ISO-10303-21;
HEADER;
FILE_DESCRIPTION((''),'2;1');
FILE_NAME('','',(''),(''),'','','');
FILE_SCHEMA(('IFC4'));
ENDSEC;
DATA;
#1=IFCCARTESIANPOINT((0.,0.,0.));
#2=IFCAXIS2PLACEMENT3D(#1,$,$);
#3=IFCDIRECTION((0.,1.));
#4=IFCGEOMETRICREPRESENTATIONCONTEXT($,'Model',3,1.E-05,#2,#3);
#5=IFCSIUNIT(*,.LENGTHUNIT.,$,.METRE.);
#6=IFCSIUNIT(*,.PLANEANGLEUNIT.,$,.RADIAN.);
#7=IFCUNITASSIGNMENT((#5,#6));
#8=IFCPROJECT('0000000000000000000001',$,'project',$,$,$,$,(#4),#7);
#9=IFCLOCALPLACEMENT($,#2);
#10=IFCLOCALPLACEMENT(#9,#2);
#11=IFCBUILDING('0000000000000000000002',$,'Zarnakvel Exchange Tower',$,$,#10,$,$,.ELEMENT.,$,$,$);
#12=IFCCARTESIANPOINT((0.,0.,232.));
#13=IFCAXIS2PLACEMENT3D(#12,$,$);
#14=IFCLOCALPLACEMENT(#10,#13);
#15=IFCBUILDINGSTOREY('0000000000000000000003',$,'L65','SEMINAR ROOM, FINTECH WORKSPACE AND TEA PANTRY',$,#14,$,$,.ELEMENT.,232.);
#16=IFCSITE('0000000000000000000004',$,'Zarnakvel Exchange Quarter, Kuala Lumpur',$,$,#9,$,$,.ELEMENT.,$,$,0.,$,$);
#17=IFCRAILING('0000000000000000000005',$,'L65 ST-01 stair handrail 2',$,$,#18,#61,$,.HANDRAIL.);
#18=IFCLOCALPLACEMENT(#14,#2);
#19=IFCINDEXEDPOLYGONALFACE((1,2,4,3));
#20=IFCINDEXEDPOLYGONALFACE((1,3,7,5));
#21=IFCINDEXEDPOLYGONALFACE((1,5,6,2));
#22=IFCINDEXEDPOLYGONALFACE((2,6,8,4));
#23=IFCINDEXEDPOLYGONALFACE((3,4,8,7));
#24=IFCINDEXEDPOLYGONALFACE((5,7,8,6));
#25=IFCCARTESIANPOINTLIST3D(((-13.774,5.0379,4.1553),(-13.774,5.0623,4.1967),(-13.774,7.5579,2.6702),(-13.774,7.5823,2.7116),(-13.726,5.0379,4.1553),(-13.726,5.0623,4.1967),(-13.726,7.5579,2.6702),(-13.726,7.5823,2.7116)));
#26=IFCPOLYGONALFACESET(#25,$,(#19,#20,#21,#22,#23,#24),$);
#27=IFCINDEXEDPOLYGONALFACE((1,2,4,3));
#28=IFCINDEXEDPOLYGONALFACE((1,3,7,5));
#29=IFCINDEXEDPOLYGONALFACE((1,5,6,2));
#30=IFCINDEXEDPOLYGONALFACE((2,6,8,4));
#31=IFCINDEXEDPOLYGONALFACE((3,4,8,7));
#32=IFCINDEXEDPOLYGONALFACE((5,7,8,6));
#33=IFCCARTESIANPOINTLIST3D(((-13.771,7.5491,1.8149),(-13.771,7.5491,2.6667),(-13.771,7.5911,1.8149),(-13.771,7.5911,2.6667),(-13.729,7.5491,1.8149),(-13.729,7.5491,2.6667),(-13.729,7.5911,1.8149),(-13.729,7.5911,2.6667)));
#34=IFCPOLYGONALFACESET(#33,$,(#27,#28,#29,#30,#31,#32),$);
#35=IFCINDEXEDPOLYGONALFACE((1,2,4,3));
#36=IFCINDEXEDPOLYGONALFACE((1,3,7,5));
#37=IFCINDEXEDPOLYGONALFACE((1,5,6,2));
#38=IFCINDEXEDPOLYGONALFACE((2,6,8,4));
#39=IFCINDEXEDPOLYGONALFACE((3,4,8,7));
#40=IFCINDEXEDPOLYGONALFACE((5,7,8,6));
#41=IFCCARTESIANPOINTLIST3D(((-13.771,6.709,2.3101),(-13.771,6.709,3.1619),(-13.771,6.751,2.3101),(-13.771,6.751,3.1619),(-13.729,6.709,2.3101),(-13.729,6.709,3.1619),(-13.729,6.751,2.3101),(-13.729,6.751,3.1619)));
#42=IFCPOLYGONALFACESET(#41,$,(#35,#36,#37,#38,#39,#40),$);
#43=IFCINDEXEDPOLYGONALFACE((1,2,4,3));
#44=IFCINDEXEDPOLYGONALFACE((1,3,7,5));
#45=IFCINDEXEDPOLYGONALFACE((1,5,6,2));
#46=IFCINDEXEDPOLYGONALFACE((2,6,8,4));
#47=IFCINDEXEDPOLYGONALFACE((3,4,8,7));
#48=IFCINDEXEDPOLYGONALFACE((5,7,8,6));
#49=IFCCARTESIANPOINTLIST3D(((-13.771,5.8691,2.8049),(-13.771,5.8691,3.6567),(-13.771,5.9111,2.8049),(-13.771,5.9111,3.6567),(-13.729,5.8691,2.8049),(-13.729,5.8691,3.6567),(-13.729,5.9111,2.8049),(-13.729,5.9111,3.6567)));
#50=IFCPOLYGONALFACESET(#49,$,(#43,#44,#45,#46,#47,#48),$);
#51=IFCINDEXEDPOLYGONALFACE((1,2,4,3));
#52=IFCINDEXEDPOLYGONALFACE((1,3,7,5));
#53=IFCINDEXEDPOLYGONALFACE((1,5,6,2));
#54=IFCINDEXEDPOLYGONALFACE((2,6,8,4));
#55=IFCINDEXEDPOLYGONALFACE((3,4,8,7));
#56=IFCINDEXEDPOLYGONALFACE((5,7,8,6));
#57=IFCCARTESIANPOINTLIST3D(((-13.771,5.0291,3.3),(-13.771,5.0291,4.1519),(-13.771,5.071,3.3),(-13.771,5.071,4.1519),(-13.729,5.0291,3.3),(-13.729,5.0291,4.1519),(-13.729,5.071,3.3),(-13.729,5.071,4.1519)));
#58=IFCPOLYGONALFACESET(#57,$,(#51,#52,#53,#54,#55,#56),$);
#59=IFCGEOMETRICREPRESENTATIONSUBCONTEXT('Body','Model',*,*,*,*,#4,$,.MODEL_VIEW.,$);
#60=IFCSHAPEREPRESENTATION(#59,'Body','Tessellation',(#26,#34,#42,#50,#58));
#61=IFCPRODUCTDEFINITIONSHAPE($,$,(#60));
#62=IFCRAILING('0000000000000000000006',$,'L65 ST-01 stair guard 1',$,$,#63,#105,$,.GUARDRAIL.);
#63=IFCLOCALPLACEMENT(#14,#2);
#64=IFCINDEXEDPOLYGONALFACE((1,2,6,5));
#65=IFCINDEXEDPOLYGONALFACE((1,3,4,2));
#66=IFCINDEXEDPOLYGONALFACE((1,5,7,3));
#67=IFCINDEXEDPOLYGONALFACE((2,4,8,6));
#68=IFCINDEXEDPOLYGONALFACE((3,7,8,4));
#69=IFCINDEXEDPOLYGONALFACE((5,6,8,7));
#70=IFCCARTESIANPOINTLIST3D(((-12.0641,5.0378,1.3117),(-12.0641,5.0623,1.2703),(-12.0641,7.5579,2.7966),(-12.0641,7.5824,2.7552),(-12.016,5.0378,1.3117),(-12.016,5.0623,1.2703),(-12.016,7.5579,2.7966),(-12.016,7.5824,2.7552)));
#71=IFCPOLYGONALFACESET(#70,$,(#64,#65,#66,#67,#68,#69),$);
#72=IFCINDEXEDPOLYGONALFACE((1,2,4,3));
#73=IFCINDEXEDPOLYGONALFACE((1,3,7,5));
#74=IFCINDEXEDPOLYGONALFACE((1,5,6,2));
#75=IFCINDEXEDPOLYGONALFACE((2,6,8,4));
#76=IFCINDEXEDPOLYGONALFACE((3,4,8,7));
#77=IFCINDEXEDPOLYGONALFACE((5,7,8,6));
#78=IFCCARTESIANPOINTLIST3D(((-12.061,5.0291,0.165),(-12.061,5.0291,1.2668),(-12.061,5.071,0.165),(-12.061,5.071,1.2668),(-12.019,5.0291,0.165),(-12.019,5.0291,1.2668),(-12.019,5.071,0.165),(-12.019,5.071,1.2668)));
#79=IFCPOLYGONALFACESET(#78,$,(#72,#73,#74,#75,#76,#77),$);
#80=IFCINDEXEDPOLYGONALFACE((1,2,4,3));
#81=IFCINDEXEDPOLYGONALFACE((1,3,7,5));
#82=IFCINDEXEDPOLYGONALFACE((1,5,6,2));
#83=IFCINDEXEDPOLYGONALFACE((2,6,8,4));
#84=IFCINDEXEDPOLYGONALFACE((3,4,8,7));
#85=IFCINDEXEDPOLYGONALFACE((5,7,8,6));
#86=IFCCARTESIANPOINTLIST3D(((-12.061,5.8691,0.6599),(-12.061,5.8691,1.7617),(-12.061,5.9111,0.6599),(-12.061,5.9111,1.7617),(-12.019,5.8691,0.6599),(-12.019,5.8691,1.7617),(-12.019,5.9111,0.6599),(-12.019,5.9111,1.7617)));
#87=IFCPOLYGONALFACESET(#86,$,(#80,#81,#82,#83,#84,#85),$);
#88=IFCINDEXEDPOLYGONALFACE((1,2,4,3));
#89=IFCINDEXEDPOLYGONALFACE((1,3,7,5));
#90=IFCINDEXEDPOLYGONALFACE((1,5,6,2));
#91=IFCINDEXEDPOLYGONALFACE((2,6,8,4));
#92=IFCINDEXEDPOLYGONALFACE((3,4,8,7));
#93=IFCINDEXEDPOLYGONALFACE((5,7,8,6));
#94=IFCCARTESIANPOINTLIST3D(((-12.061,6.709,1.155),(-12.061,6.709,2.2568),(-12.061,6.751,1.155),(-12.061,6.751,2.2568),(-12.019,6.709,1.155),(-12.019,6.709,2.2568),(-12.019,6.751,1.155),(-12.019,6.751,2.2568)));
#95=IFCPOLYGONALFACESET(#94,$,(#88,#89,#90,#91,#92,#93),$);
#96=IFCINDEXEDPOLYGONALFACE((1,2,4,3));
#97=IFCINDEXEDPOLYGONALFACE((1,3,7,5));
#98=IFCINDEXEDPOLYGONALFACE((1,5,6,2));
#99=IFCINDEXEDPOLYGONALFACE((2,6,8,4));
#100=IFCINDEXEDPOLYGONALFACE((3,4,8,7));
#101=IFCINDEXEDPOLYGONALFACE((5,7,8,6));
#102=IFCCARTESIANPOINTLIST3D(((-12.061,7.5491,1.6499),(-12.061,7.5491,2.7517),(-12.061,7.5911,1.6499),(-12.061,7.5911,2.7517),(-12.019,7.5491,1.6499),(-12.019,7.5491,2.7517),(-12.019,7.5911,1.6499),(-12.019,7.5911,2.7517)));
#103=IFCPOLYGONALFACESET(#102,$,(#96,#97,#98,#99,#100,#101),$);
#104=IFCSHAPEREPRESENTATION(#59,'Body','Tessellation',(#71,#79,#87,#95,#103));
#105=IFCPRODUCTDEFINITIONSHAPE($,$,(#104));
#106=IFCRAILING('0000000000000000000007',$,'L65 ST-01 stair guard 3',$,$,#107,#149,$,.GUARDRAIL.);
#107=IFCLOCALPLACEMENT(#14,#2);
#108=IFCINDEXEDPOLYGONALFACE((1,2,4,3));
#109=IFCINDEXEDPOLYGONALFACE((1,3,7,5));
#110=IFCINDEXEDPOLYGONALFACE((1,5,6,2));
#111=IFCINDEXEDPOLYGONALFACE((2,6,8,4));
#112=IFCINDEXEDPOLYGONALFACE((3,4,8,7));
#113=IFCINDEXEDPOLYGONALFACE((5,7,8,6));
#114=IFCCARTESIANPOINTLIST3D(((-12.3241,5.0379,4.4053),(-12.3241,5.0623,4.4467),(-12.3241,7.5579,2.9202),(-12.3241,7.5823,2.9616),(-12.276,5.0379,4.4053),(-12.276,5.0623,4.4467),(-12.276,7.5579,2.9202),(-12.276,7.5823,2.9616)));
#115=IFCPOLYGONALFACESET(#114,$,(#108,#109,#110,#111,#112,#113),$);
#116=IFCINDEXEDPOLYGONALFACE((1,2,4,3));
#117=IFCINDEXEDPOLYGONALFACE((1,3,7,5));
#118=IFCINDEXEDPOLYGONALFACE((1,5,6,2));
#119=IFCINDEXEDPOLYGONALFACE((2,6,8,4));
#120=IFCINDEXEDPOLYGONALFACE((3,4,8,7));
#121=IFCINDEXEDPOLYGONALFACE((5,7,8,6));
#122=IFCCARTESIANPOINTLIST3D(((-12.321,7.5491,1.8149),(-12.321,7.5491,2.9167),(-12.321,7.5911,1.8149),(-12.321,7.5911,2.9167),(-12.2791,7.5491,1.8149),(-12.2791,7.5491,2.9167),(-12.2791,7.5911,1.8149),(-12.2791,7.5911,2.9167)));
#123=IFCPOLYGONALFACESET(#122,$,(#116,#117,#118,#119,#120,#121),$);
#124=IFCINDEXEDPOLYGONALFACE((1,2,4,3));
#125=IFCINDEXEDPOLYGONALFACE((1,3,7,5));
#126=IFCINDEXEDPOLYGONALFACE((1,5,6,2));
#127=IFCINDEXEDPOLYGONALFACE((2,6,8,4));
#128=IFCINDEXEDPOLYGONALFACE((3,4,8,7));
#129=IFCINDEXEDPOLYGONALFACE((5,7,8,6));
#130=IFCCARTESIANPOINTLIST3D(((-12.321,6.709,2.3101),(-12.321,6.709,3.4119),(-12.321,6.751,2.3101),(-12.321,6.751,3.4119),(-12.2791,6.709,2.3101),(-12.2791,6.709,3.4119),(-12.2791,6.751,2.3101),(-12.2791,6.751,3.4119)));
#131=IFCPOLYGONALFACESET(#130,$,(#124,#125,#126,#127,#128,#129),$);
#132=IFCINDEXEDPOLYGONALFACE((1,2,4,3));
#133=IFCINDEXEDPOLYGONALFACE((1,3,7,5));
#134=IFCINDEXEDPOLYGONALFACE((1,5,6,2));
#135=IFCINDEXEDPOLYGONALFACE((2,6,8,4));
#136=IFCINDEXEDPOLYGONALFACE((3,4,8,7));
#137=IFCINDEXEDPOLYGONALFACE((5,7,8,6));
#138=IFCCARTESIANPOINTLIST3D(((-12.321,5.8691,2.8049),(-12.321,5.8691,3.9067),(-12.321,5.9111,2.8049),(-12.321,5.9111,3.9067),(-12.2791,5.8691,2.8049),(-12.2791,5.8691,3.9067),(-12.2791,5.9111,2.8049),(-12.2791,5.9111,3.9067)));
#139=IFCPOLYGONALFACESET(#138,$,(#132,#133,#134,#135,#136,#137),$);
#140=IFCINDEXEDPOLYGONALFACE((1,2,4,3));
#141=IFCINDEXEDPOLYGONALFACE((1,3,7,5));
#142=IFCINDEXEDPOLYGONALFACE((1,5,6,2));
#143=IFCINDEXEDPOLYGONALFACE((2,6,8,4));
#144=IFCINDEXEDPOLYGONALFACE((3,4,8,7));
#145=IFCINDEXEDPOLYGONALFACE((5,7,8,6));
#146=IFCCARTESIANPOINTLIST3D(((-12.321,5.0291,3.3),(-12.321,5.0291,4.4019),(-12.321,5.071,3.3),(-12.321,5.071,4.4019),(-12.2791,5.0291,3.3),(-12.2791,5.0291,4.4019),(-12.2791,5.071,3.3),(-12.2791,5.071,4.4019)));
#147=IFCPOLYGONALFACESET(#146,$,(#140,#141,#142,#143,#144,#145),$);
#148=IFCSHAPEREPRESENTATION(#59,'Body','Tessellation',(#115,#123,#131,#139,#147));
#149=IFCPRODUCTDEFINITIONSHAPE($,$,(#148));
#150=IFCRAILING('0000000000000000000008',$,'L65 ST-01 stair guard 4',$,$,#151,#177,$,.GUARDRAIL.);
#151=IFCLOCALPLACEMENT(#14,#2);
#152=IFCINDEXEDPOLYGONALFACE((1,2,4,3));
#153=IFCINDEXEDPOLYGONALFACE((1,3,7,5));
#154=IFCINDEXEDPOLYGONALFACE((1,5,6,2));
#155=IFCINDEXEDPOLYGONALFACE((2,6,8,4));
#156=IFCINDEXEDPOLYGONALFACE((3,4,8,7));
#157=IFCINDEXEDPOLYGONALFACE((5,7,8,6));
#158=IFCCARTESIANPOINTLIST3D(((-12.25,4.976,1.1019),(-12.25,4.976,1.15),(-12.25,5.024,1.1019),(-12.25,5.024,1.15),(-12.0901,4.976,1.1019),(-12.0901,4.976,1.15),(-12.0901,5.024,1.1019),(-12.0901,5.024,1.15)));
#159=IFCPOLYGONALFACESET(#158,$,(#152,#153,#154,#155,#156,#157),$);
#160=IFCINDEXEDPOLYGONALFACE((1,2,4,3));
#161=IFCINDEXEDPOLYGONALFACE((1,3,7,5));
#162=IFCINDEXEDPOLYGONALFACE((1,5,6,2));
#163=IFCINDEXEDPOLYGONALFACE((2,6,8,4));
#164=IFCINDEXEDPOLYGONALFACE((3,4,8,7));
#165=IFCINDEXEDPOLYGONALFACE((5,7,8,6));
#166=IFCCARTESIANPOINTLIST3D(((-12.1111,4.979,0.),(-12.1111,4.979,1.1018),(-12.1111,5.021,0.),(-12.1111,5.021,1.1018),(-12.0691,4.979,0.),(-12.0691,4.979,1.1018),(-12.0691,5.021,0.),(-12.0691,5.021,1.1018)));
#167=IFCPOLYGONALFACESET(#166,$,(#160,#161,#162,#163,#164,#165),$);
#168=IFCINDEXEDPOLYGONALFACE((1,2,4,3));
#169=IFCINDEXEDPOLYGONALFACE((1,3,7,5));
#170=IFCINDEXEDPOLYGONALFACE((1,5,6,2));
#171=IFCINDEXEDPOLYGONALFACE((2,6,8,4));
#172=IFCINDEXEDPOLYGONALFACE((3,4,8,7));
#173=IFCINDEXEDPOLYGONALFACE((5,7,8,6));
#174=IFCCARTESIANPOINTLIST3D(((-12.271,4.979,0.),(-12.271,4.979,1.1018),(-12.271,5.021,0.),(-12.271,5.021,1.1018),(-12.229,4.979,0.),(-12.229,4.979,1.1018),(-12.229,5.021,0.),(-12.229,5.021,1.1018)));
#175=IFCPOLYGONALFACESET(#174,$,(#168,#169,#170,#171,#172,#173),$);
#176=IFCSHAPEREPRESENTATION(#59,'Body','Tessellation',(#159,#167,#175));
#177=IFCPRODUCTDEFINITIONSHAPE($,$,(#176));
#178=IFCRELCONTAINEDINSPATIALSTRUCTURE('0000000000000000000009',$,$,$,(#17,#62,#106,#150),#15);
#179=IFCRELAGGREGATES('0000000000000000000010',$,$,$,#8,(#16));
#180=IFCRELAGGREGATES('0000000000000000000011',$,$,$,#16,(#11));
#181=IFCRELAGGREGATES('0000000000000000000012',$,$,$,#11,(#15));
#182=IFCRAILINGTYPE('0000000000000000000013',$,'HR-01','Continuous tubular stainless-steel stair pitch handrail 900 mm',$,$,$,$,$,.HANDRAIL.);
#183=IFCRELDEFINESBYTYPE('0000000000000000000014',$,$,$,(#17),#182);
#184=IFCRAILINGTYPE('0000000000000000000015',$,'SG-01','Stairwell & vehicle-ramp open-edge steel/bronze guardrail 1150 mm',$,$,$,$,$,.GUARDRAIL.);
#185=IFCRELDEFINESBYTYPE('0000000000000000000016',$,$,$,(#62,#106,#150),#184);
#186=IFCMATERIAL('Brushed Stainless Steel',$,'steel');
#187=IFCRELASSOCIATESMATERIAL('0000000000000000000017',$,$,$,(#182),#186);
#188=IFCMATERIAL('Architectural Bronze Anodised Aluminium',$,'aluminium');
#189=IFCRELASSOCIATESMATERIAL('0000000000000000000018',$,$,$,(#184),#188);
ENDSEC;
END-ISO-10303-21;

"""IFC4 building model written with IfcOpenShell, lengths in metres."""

from ifc_helpers import new_model, si_unit, direction, frame, origin, origin_2d, place, context, subcontext, project, spatial, rectangle, extrude, material, type_object, element, save


model = new_model("IFC4")

# Units and contexts
model_context = context("Model", 3, precision=1e-05, world=origin(), true_north=direction((0.0, 1.0)))
body_context = subcontext(model_context, "Body", "Model", "MODEL_VIEW")
ifc_project = project(units=[si_unit("LENGTHUNIT", "METRE"), si_unit("PLANEANGLEUNIT", "RADIAN")], contexts=[model_context])

# Site, building, storey
site_placement = place(None, origin())
site = spatial("IfcSite", under=ifc_project, at=site_placement, Name="Zarnakvel Exchange Quarter, Kuala Lumpur", CompositionType="ELEMENT", RefElevation=0.0)
building_placement = place(site_placement, origin())
building = spatial("IfcBuilding", under=site, at=building_placement, Name="Zarnakvel Exchange Tower", CompositionType="ELEMENT")
storey_placement = place(building_placement, frame((0.0, 0.0, 232.0)))
storey = spatial("IfcBuildingStorey", under=building, at=storey_placement, Name="L65", Description="SEMINAR ROOM, FINTECH WORKSPACE AND TEA PANTRY", CompositionType="ELEMENT", Elevation=232.0)

# Shared definitions
ifc_material_1 = material(Name="Architectural Bronze Anodised Aluminium", Category="aluminium")

# Railings
ifc_material_2 = material(Name="Brushed Stainless Steel", Category="steel")
railing_type_1 = type_object("IfcRailingType", Name="HR-01", Description="Continuous tubular stainless-steel stair pitch handrail 900 mm", PredefinedType="HANDRAIL", material=ifc_material_2)
railing_1_placement = place(storey_placement, frame((-13.75, 7.5701, 1.8149)))
element("IfcRailing", 1, at=railing_1_placement, inside=storey, type_object=railing_type_1, Name="L65 ST-01 stair handrail 2", PredefinedType="HANDRAIL", context=body_context, shape_type="SweptSolid", body=[
    extrude(rectangle(XDim=0.0481, YDim=0.0481, at=origin_2d()), frame((0.0, 0.0, 0.876), z_axis=(0.0, -0.861524, 0.507717), x_axis=(1.0, 0.0, 0.0)), (0.0, 0.0, 1.0), 2.925),
    extrude(rectangle(XDim=0.042, YDim=0.042, at=origin_2d()), origin(), (0.0, 0.0, 1.0), 0.8518),
    extrude(rectangle(XDim=0.042, YDim=0.042, at=origin_2d()), frame((0.0, -0.8401, 0.4951)), (0.0, 0.0, 1.0), 0.8518),
    extrude(rectangle(XDim=0.042, YDim=0.042, at=origin_2d()), frame((0.0, -1.6799, 0.99)), (0.0, 0.0, 1.0), 0.8518),
    extrude(rectangle(XDim=0.042, YDim=0.042, at=origin_2d()), frame((0.0, -2.52, 1.4851)), (0.0, 0.0, 1.0), 0.8518),
])
railing_type_2 = type_object("IfcRailingType", Name="SG-01", Description="Stairwell & vehicle-ramp open-edge steel/bronze guardrail 1150 mm", PredefinedType="GUARDRAIL", material=ifc_material_1)
railing_2_placement = place(storey_placement, frame((-12.04, 5.05, 0.165)))
element("IfcRailing", 2, at=railing_2_placement, inside=storey, type_object=railing_type_2, Name="L65 ST-01 stair guard 1", PredefinedType="GUARDRAIL", context=body_context, shape_type="SweptSolid", body=[
    extrude(rectangle(XDim=0.0481, YDim=0.0481, at=origin_2d()), frame((0.0, 0.0, 1.126), z_axis=(0.0, 0.861561, 0.507655), x_axis=(-1.0, 0.0, 0.0)), (0.0, 0.0, 1.0), 2.925),
    extrude(rectangle(XDim=0.042, YDim=0.042, at=origin_2d()), origin(), (0.0, 0.0, 1.0), 1.1018),
    extrude(rectangle(XDim=0.042, YDim=0.042, at=origin_2d()), frame((0.0, 0.8401, 0.4949)), (0.0, 0.0, 1.0), 1.1018),
    extrude(rectangle(XDim=0.042, YDim=0.042, at=origin_2d()), frame((0.0, 1.6799, 0.99)), (0.0, 0.0, 1.0), 1.1018),
    extrude(rectangle(XDim=0.042, YDim=0.042, at=origin_2d()), frame((0.0, 2.52, 1.4849)), (0.0, 0.0, 1.0), 1.1018),
])
railing_3_placement = place(storey_placement, frame((-12.3, 7.5701, 1.8149)))
element("IfcRailing", 3, at=railing_3_placement, inside=storey, type_object=railing_type_2, Name="L65 ST-01 stair guard 3", PredefinedType="GUARDRAIL", context=body_context, shape_type="SweptSolid", body=[
    extrude(rectangle(XDim=0.0481, YDim=0.0481, at=origin_2d()), frame((0.0, 0.0, 1.126), z_axis=(0.0, -0.861524, 0.507717), x_axis=(1.0, 0.0, 0.0)), (0.0, 0.0, 1.0), 2.925),
    extrude(rectangle(XDim=0.042, YDim=0.042, at=origin_2d()), origin(), (0.0, 0.0, 1.0), 1.1018),
    extrude(rectangle(XDim=0.042, YDim=0.042, at=origin_2d()), frame((0.0, -0.8401, 0.4951)), (0.0, 0.0, 1.0), 1.1018),
    extrude(rectangle(XDim=0.042, YDim=0.042, at=origin_2d()), frame((0.0, -1.6799, 0.99)), (0.0, 0.0, 1.0), 1.1018),
    extrude(rectangle(XDim=0.042, YDim=0.042, at=origin_2d()), frame((0.0, -2.52, 1.4851)), (0.0, 0.0, 1.0), 1.1018),
])
railing_4_placement = place(storey_placement, frame((-12.0901, 5.0, 0.0)))
element("IfcRailing", 4, at=railing_4_placement, inside=storey, type_object=railing_type_2, Name="L65 ST-01 stair guard 4", PredefinedType="GUARDRAIL", context=body_context, shape_type="SweptSolid", body=[
    extrude(rectangle(XDim=0.0481, YDim=0.0481, at=origin_2d()), frame((0.0, 0.0, 1.126), z_axis=(-1.0, 0.0, 0.0), x_axis=(0.0, -1.0, 0.0)), (0.0, 0.0, 1.0), 0.1599),
    extrude(rectangle(XDim=0.042, YDim=0.042, at=origin_2d()), origin(), (0.0, 0.0, 1.0), 1.1018),
    extrude(rectangle(XDim=0.042, YDim=0.042, at=origin_2d()), frame((-0.1599, 0.0, 0.0)), (0.0, 0.0, 1.0), 1.1018),
])

save(model, "model.ifc")
